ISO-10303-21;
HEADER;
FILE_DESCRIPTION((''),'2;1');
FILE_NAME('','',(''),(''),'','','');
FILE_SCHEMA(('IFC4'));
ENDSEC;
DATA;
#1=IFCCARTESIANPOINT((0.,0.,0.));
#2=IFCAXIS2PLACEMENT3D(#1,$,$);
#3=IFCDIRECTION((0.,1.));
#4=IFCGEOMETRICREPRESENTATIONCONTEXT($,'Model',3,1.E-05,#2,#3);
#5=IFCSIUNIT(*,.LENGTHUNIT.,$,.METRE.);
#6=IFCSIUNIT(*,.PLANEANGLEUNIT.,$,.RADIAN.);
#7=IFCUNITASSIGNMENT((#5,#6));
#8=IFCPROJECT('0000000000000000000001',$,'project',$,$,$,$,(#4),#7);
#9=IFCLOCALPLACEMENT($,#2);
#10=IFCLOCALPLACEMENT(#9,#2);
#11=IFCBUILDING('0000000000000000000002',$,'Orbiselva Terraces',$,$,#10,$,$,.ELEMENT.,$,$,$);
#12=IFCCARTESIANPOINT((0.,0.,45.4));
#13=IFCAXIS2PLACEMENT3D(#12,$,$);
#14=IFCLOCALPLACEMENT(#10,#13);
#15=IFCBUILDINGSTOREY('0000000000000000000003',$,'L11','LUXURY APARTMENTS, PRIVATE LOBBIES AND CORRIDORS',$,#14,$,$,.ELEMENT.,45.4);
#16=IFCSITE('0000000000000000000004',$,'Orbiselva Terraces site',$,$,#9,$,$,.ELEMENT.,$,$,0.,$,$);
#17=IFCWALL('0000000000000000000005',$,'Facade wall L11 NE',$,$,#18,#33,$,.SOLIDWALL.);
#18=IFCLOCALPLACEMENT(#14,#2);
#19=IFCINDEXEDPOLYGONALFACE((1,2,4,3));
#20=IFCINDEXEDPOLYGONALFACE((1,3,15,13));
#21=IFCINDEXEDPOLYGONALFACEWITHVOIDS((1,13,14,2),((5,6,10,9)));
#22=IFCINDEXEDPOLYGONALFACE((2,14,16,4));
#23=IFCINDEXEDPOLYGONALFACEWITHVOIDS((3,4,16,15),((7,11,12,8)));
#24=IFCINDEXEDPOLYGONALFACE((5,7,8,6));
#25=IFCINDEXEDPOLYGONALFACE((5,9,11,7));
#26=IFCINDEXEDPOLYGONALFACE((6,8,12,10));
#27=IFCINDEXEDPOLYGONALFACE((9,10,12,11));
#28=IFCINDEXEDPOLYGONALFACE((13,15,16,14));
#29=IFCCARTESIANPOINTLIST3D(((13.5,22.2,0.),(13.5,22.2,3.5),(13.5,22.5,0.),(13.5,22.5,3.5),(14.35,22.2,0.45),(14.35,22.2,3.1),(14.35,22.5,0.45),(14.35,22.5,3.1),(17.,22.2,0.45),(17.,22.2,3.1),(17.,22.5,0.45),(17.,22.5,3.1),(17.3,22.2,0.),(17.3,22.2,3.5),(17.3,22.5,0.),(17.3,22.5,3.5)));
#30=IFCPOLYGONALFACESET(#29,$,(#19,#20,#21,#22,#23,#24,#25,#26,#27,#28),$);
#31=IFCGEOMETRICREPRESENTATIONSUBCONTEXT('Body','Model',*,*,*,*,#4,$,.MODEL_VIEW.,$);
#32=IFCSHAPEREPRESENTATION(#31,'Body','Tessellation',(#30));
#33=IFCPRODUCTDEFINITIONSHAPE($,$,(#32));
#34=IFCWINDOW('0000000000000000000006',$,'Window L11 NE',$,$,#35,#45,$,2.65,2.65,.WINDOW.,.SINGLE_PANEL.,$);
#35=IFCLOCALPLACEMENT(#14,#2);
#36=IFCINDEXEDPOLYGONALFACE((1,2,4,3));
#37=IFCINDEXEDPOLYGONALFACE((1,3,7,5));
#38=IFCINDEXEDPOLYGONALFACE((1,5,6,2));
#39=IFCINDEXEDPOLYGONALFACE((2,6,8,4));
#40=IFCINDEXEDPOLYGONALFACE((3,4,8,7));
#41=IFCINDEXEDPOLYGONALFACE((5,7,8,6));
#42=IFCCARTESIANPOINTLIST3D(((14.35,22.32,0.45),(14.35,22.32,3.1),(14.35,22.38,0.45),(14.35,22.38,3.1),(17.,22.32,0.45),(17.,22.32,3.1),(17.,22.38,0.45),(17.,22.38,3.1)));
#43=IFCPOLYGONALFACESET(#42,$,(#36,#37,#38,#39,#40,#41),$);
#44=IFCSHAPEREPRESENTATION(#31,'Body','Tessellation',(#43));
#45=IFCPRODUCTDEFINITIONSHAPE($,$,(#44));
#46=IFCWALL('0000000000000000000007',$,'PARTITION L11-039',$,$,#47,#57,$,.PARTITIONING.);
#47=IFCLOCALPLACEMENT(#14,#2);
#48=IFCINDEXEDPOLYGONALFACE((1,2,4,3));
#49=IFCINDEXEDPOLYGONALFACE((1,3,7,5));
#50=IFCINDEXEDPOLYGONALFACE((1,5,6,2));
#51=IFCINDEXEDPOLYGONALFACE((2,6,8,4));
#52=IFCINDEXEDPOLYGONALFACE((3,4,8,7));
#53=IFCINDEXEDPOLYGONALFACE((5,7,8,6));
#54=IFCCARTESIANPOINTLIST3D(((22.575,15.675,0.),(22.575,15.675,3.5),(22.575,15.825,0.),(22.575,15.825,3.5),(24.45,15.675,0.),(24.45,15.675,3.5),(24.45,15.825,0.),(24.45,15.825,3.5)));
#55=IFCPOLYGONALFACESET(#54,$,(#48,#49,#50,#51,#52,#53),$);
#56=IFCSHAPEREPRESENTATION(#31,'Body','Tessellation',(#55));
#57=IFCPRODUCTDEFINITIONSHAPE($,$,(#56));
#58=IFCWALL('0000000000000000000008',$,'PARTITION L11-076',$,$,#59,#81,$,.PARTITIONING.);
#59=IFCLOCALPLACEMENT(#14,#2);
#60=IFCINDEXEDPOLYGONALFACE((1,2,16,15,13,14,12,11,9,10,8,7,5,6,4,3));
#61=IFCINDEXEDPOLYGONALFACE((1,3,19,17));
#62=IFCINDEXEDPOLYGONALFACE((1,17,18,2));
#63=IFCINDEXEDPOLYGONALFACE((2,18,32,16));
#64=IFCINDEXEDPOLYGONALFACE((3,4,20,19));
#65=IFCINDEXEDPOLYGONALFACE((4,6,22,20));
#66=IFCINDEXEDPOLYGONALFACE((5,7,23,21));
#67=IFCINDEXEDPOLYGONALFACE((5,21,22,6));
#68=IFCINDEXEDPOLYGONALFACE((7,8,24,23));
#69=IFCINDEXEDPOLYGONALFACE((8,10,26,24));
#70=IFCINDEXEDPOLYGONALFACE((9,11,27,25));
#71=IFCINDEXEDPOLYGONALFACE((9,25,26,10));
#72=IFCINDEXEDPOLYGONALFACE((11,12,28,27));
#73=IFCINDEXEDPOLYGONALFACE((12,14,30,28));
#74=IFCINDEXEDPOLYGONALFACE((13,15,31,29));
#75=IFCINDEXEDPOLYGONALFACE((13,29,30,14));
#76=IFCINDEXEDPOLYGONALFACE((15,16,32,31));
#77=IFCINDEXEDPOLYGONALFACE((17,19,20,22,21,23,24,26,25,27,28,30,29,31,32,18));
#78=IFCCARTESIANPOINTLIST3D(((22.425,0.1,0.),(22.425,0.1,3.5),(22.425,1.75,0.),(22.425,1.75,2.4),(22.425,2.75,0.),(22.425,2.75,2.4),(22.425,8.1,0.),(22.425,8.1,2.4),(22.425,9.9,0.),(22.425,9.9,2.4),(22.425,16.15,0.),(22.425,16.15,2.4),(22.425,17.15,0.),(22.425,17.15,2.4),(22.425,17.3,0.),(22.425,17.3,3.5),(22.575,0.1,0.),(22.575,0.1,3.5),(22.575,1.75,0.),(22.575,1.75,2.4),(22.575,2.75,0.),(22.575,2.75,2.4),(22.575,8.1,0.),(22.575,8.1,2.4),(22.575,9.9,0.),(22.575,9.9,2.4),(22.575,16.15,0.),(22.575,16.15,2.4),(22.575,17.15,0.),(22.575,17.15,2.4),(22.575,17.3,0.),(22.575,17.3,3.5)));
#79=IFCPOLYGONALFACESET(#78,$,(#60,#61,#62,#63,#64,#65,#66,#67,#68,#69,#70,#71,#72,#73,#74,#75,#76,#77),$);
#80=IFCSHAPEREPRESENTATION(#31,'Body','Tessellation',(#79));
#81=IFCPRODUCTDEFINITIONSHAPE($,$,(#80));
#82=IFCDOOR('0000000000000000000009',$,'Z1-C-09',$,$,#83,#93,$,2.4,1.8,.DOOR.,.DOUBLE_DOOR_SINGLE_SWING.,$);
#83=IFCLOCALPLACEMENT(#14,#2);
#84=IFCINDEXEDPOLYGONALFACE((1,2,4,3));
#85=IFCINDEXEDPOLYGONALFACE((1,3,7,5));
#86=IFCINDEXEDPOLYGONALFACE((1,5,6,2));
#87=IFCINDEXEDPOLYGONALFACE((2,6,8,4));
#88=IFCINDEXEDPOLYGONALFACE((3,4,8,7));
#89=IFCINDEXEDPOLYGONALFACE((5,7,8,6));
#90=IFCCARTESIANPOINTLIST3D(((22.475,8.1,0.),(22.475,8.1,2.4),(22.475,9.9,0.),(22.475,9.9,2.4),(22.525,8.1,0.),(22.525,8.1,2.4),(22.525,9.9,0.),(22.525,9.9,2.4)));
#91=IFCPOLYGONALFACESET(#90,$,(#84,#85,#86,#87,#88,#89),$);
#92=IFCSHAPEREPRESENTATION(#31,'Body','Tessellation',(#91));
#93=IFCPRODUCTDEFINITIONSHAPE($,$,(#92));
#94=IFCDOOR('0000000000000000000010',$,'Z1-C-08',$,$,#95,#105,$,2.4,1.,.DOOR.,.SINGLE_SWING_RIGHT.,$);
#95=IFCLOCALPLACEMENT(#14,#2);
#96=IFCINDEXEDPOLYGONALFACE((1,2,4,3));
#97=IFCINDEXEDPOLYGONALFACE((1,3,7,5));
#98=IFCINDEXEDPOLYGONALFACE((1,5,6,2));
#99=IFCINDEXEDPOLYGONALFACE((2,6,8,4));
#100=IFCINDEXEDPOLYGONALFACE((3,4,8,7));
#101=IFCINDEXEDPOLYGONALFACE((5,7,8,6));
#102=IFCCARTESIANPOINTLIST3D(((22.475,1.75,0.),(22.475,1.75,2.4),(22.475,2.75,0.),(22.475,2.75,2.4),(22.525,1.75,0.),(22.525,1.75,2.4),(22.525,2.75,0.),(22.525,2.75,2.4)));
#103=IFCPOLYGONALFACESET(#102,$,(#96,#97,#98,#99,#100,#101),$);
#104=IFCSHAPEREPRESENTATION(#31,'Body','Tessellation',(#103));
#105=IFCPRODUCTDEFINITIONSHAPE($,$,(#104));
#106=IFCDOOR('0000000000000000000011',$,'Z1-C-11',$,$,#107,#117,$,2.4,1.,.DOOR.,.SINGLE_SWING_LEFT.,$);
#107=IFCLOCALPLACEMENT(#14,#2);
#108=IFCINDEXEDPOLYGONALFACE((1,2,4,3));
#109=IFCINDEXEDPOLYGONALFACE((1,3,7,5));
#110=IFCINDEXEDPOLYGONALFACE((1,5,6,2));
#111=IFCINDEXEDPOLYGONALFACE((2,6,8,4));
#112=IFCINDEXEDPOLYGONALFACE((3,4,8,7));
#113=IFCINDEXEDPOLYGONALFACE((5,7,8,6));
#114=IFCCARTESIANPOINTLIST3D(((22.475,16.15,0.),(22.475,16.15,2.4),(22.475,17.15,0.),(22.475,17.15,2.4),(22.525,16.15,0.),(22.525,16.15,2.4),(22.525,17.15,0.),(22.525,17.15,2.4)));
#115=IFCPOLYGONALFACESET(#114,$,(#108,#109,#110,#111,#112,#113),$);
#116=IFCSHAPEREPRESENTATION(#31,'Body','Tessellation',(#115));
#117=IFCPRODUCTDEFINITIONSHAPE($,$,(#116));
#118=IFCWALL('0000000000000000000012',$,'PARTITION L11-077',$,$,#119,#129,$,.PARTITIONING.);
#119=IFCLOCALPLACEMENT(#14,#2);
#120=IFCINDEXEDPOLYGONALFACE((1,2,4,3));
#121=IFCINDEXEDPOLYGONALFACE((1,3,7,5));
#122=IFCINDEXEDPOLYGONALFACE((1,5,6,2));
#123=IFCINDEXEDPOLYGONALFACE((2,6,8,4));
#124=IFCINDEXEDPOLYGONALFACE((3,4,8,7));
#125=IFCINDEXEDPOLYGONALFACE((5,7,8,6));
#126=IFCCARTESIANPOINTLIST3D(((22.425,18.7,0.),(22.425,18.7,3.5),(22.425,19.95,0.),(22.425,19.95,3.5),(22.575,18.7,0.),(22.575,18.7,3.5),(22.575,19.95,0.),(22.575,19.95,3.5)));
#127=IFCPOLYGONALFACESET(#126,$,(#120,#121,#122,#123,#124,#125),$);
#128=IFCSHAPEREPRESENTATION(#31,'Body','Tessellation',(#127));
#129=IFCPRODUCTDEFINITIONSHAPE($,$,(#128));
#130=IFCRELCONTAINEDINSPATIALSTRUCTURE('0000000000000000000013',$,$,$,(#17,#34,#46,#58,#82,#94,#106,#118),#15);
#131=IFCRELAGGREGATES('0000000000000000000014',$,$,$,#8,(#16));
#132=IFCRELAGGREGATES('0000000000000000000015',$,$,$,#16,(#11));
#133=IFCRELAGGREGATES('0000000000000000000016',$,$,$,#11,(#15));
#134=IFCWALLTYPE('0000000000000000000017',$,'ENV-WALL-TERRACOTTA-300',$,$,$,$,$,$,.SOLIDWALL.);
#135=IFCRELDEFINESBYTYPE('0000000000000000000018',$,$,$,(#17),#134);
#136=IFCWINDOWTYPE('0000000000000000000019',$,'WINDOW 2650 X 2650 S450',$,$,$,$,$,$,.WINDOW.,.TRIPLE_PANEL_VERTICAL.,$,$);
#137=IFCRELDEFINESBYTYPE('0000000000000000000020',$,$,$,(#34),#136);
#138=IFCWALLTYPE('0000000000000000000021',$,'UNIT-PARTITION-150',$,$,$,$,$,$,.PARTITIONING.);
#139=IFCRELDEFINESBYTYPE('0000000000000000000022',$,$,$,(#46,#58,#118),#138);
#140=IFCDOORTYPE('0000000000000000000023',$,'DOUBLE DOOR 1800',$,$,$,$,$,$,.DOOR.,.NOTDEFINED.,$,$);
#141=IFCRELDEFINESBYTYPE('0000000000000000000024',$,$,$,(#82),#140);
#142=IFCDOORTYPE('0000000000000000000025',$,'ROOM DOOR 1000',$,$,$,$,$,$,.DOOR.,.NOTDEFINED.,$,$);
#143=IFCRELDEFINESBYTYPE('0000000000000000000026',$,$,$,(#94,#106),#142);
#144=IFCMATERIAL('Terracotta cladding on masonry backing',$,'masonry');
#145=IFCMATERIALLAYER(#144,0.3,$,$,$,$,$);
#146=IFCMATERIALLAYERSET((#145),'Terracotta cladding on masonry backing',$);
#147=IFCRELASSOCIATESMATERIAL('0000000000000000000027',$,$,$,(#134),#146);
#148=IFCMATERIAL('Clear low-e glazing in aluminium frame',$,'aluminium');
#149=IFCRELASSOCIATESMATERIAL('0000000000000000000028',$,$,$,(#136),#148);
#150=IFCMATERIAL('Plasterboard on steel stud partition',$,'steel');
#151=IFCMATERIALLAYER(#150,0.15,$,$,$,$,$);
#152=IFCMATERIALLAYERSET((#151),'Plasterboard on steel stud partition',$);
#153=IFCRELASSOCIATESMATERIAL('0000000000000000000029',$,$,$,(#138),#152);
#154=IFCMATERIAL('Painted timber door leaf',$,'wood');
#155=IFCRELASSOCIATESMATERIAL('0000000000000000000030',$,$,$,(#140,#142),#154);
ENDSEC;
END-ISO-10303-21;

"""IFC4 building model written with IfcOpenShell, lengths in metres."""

from ifc_helpers import new_model, si_unit, direction, frame, frame_2d, origin, place, context, subcontext, project, spatial, rectangle, extrude, material, layer, layer_set, type_object, element, fill, save


model = new_model("IFC4")

# Units and contexts
model_context = context("Model", 3, precision=1e-05, world=origin(), true_north=direction((0.0, 1.0)))
body_context = subcontext(model_context, "Body", "Model", "MODEL_VIEW")
ifc_project = project(units=[si_unit("LENGTHUNIT", "METRE"), si_unit("PLANEANGLEUNIT", "RADIAN")], contexts=[model_context])

# Site, building, storey
site_placement = place(None, origin())
site = spatial("IfcSite", under=ifc_project, at=site_placement, Name="Orbiselva Terraces site", CompositionType="ELEMENT", RefElevation=0.0)
building_placement = place(site_placement, origin())
building = spatial("IfcBuilding", under=site, at=building_placement, Name="Orbiselva Terraces", CompositionType="ELEMENT")
storey_placement = place(building_placement, frame((0.0, 0.0, 45.4)))
storey = spatial("IfcBuildingStorey", under=building, at=storey_placement, Name="L11", Description="LUXURY APARTMENTS, PRIVATE LOBBIES AND CORRIDORS", CompositionType="ELEMENT", Elevation=45.4)

# Shared definitions
ifc_material_1 = material(Name="Terracotta cladding on masonry backing", Category="masonry")
ifc_layer_1 = layer(ifc_material_1, 0.3)
ifc_layer_set_1 = layer_set([ifc_layer_1], Name="Terracotta cladding on masonry backing")
wall_type_1 = type_object("IfcWallType", Name="ENV-WALL-TERRACOTTA-300", PredefinedType="SOLIDWALL", material=ifc_layer_set_1)
ifc_material_2 = material(Name="Clear low-e glazing in aluminium frame", Category="aluminium")

# Wall, opening, window
wall_1_placement = place(storey_placement, frame((13.5, 22.35, 0.0), z_axis=(0.0, 0.0, 1.0), x_axis=(1.0, 0.0, 0.0)))
wall_1 = element("IfcWall", 1, at=wall_1_placement, inside=storey, type_object=wall_type_1, Name="Facade wall L11 NE", PredefinedType="SOLIDWALL", context=body_context, shape_type="SweptSolid", body=[
    extrude(rectangle(XDim=3.8, YDim=0.3, at=frame_2d((1.9, 0.0))), origin(), (0.0, 0.0, 1.0), 3.5),
])
opening_1_placement = place(wall_1_placement, frame((0.85, 0.0, 0.45)))
opening_1 = element("IfcOpeningElement", 2, at=opening_1_placement, cuts=wall_1, PredefinedType="OPENING", context=body_context, shape_type="SweptSolid", body=[
    extrude(rectangle(XDim=2.65, YDim=2.65, at=frame_2d((1.325, 1.325))), frame((0.0, 0.16, 0.0), z_axis=(0.0, -1.0, 0.0), x_axis=(1.0, 0.0, 0.0)), (0.0, 0.0, 1.0), 0.32),
])
window_type = type_object("IfcWindowType", Name="WINDOW 2650 X 2650 S450", PartitioningType="TRIPLE_PANEL_VERTICAL", PredefinedType="WINDOW", material=ifc_material_2)
window_placement = place(opening_1_placement, origin())
window = element("IfcWindow", 3, at=window_placement, inside=storey, type_object=window_type, Name="Window L11 NE", OverallHeight=2.65, OverallWidth=2.65, PartitioningType="SINGLE_PANEL", PredefinedType="WINDOW", context=body_context, shape_type="SweptSolid", body=[
    extrude(rectangle(XDim=2.65, YDim=2.65, at=frame_2d((1.325, 1.325))), frame((0.0, 0.03, 0.0), z_axis=(0.0, -1.0, 0.0), x_axis=(1.0, 0.0, 0.0)), (0.0, 0.0, 1.0), 0.06),
])
fill(opening_1, window)

# Wall
ifc_material_3 = material(Name="Plasterboard on steel stud partition", Category="steel")
ifc_layer_2 = layer(ifc_material_3, 0.15)
ifc_layer_set_2 = layer_set([ifc_layer_2], Name="Plasterboard on steel stud partition")
wall_type_2 = type_object("IfcWallType", Name="UNIT-PARTITION-150", PredefinedType="PARTITIONING", material=ifc_layer_set_2)
wall_2_placement = place(storey_placement, frame((22.575, 15.75, 0.0), z_axis=(0.0, 0.0, 1.0), x_axis=(1.0, 0.0, 0.0)))
element("IfcWall", 4, at=wall_2_placement, inside=storey, type_object=wall_type_2, Name="PARTITION L11-039", PredefinedType="PARTITIONING", context=body_context, shape_type="SweptSolid", body=[
    extrude(rectangle(XDim=1.875, YDim=0.15, at=frame_2d((0.9375, 0.0))), origin(), (0.0, 0.0, 1.0), 3.5),
])

# Wall, openings, doors
wall_3_placement = place(storey_placement, frame((22.5, 17.3, 0.0), z_axis=(0.0, 0.0, 1.0), x_axis=(0.0, -1.0, 0.0)))
wall_3 = element("IfcWall", 5, at=wall_3_placement, inside=storey, type_object=wall_type_2, Name="PARTITION L11-076", PredefinedType="PARTITIONING", context=body_context, shape_type="SweptSolid", body=[
    extrude(rectangle(XDim=17.2, YDim=0.15, at=frame_2d((8.6, 0.0))), origin(), (0.0, 0.0, 1.0), 3.5),
])
opening_2_placement = place(wall_3_placement, frame((14.55, 0.0, 0.0)))
opening_2 = element("IfcOpeningElement", 6, at=opening_2_placement, cuts=wall_3, PredefinedType="OPENING", context=body_context, shape_type="SweptSolid", body=[
    extrude(rectangle(XDim=1.0, YDim=2.4, at=frame_2d((0.5, 1.2))), frame((0.0, 0.085, 0.0), z_axis=(0.0, -1.0, 0.0), x_axis=(1.0, 0.0, 0.0)), (0.0, 0.0, 1.0), 0.17),
])
opening_3_placement = place(wall_3_placement, frame((7.4, 0.0, 0.0)))
opening_3 = element("IfcOpeningElement", 7, at=opening_3_placement, cuts=wall_3, PredefinedType="OPENING", context=body_context, shape_type="SweptSolid", body=[
    extrude(rectangle(XDim=1.8, YDim=2.4, at=frame_2d((0.9, 1.2))), frame((0.0, 0.085, 0.0), z_axis=(0.0, -1.0, 0.0), x_axis=(1.0, 0.0, 0.0)), (0.0, 0.0, 1.0), 0.17),
])
opening_4_placement = place(wall_3_placement, frame((0.15, 0.0, 0.0)))
opening_4 = element("IfcOpeningElement", 8, at=opening_4_placement, cuts=wall_3, PredefinedType="OPENING", context=body_context, shape_type="SweptSolid", body=[
    extrude(rectangle(XDim=1.0, YDim=2.4, at=frame_2d((0.5, 1.2))), frame((0.0, 0.085, 0.0), z_axis=(0.0, -1.0, 0.0), x_axis=(1.0, 0.0, 0.0)), (0.0, 0.0, 1.0), 0.17),
])
ifc_material_4 = material(Name="Painted timber door leaf", Category="wood")
door_type_1 = type_object("IfcDoorType", Name="DOUBLE DOOR 1800", OperationType="NOTDEFINED", PredefinedType="DOOR", material=ifc_material_4)
door_1_placement = place(opening_3_placement, origin())
door_1 = element("IfcDoor", 9, at=door_1_placement, inside=storey, type_object=door_type_1, Name="Z1-C-09", OperationType="DOUBLE_DOOR_SINGLE_SWING", OverallHeight=2.4, OverallWidth=1.8, PredefinedType="DOOR", context=body_context, shape_type="SweptSolid", body=[
    extrude(rectangle(XDim=1.8, YDim=2.4, at=frame_2d((0.9, 1.2))), frame((0.0, 0.025, 0.0), z_axis=(0.0, -1.0, 0.0), x_axis=(1.0, 0.0, 0.0)), (0.0, 0.0, 1.0), 0.05),
])
fill(opening_3, door_1)
door_type_2 = type_object("IfcDoorType", Name="ROOM DOOR 1000", OperationType="NOTDEFINED", PredefinedType="DOOR", material=ifc_material_4)
door_2_placement = place(opening_2_placement, origin())
door_2 = element("IfcDoor", 10, at=door_2_placement, inside=storey, type_object=door_type_2, Name="Z1-C-08", OperationType="SINGLE_SWING_RIGHT", OverallHeight=2.4, OverallWidth=1.0, PredefinedType="DOOR", context=body_context, shape_type="SweptSolid", body=[
    extrude(rectangle(XDim=1.0, YDim=2.4, at=frame_2d((0.5, 1.2))), frame((0.0, 0.025, 0.0), z_axis=(0.0, -1.0, 0.0), x_axis=(1.0, 0.0, 0.0)), (0.0, 0.0, 1.0), 0.05),
])
fill(opening_2, door_2)
door_3_placement = place(opening_4_placement, origin())
door_3 = element("IfcDoor", 11, at=door_3_placement, inside=storey, type_object=door_type_2, Name="Z1-C-11", OperationType="SINGLE_SWING_LEFT", OverallHeight=2.4, OverallWidth=1.0, PredefinedType="DOOR", context=body_context, shape_type="SweptSolid", body=[
    extrude(rectangle(XDim=1.0, YDim=2.4, at=frame_2d((0.5, 1.2))), frame((0.0, 0.025, 0.0), z_axis=(0.0, -1.0, 0.0), x_axis=(1.0, 0.0, 0.0)), (0.0, 0.0, 1.0), 0.05),
])
fill(opening_4, door_3)

# Wall
wall_4_placement = place(storey_placement, frame((22.5, 18.7, 0.0), z_axis=(0.0, 0.0, 1.0), x_axis=(0.0, 1.0, 0.0)))
element("IfcWall", 12, at=wall_4_placement, inside=storey, type_object=wall_type_2, Name="PARTITION L11-077", PredefinedType="PARTITIONING", context=body_context, shape_type="SweptSolid", body=[
    extrude(rectangle(XDim=1.25, YDim=0.15, at=frame_2d((0.625, 0.0))), origin(), (0.0, 0.0, 1.0), 3.5),
])

save(model, "model.ifc")
